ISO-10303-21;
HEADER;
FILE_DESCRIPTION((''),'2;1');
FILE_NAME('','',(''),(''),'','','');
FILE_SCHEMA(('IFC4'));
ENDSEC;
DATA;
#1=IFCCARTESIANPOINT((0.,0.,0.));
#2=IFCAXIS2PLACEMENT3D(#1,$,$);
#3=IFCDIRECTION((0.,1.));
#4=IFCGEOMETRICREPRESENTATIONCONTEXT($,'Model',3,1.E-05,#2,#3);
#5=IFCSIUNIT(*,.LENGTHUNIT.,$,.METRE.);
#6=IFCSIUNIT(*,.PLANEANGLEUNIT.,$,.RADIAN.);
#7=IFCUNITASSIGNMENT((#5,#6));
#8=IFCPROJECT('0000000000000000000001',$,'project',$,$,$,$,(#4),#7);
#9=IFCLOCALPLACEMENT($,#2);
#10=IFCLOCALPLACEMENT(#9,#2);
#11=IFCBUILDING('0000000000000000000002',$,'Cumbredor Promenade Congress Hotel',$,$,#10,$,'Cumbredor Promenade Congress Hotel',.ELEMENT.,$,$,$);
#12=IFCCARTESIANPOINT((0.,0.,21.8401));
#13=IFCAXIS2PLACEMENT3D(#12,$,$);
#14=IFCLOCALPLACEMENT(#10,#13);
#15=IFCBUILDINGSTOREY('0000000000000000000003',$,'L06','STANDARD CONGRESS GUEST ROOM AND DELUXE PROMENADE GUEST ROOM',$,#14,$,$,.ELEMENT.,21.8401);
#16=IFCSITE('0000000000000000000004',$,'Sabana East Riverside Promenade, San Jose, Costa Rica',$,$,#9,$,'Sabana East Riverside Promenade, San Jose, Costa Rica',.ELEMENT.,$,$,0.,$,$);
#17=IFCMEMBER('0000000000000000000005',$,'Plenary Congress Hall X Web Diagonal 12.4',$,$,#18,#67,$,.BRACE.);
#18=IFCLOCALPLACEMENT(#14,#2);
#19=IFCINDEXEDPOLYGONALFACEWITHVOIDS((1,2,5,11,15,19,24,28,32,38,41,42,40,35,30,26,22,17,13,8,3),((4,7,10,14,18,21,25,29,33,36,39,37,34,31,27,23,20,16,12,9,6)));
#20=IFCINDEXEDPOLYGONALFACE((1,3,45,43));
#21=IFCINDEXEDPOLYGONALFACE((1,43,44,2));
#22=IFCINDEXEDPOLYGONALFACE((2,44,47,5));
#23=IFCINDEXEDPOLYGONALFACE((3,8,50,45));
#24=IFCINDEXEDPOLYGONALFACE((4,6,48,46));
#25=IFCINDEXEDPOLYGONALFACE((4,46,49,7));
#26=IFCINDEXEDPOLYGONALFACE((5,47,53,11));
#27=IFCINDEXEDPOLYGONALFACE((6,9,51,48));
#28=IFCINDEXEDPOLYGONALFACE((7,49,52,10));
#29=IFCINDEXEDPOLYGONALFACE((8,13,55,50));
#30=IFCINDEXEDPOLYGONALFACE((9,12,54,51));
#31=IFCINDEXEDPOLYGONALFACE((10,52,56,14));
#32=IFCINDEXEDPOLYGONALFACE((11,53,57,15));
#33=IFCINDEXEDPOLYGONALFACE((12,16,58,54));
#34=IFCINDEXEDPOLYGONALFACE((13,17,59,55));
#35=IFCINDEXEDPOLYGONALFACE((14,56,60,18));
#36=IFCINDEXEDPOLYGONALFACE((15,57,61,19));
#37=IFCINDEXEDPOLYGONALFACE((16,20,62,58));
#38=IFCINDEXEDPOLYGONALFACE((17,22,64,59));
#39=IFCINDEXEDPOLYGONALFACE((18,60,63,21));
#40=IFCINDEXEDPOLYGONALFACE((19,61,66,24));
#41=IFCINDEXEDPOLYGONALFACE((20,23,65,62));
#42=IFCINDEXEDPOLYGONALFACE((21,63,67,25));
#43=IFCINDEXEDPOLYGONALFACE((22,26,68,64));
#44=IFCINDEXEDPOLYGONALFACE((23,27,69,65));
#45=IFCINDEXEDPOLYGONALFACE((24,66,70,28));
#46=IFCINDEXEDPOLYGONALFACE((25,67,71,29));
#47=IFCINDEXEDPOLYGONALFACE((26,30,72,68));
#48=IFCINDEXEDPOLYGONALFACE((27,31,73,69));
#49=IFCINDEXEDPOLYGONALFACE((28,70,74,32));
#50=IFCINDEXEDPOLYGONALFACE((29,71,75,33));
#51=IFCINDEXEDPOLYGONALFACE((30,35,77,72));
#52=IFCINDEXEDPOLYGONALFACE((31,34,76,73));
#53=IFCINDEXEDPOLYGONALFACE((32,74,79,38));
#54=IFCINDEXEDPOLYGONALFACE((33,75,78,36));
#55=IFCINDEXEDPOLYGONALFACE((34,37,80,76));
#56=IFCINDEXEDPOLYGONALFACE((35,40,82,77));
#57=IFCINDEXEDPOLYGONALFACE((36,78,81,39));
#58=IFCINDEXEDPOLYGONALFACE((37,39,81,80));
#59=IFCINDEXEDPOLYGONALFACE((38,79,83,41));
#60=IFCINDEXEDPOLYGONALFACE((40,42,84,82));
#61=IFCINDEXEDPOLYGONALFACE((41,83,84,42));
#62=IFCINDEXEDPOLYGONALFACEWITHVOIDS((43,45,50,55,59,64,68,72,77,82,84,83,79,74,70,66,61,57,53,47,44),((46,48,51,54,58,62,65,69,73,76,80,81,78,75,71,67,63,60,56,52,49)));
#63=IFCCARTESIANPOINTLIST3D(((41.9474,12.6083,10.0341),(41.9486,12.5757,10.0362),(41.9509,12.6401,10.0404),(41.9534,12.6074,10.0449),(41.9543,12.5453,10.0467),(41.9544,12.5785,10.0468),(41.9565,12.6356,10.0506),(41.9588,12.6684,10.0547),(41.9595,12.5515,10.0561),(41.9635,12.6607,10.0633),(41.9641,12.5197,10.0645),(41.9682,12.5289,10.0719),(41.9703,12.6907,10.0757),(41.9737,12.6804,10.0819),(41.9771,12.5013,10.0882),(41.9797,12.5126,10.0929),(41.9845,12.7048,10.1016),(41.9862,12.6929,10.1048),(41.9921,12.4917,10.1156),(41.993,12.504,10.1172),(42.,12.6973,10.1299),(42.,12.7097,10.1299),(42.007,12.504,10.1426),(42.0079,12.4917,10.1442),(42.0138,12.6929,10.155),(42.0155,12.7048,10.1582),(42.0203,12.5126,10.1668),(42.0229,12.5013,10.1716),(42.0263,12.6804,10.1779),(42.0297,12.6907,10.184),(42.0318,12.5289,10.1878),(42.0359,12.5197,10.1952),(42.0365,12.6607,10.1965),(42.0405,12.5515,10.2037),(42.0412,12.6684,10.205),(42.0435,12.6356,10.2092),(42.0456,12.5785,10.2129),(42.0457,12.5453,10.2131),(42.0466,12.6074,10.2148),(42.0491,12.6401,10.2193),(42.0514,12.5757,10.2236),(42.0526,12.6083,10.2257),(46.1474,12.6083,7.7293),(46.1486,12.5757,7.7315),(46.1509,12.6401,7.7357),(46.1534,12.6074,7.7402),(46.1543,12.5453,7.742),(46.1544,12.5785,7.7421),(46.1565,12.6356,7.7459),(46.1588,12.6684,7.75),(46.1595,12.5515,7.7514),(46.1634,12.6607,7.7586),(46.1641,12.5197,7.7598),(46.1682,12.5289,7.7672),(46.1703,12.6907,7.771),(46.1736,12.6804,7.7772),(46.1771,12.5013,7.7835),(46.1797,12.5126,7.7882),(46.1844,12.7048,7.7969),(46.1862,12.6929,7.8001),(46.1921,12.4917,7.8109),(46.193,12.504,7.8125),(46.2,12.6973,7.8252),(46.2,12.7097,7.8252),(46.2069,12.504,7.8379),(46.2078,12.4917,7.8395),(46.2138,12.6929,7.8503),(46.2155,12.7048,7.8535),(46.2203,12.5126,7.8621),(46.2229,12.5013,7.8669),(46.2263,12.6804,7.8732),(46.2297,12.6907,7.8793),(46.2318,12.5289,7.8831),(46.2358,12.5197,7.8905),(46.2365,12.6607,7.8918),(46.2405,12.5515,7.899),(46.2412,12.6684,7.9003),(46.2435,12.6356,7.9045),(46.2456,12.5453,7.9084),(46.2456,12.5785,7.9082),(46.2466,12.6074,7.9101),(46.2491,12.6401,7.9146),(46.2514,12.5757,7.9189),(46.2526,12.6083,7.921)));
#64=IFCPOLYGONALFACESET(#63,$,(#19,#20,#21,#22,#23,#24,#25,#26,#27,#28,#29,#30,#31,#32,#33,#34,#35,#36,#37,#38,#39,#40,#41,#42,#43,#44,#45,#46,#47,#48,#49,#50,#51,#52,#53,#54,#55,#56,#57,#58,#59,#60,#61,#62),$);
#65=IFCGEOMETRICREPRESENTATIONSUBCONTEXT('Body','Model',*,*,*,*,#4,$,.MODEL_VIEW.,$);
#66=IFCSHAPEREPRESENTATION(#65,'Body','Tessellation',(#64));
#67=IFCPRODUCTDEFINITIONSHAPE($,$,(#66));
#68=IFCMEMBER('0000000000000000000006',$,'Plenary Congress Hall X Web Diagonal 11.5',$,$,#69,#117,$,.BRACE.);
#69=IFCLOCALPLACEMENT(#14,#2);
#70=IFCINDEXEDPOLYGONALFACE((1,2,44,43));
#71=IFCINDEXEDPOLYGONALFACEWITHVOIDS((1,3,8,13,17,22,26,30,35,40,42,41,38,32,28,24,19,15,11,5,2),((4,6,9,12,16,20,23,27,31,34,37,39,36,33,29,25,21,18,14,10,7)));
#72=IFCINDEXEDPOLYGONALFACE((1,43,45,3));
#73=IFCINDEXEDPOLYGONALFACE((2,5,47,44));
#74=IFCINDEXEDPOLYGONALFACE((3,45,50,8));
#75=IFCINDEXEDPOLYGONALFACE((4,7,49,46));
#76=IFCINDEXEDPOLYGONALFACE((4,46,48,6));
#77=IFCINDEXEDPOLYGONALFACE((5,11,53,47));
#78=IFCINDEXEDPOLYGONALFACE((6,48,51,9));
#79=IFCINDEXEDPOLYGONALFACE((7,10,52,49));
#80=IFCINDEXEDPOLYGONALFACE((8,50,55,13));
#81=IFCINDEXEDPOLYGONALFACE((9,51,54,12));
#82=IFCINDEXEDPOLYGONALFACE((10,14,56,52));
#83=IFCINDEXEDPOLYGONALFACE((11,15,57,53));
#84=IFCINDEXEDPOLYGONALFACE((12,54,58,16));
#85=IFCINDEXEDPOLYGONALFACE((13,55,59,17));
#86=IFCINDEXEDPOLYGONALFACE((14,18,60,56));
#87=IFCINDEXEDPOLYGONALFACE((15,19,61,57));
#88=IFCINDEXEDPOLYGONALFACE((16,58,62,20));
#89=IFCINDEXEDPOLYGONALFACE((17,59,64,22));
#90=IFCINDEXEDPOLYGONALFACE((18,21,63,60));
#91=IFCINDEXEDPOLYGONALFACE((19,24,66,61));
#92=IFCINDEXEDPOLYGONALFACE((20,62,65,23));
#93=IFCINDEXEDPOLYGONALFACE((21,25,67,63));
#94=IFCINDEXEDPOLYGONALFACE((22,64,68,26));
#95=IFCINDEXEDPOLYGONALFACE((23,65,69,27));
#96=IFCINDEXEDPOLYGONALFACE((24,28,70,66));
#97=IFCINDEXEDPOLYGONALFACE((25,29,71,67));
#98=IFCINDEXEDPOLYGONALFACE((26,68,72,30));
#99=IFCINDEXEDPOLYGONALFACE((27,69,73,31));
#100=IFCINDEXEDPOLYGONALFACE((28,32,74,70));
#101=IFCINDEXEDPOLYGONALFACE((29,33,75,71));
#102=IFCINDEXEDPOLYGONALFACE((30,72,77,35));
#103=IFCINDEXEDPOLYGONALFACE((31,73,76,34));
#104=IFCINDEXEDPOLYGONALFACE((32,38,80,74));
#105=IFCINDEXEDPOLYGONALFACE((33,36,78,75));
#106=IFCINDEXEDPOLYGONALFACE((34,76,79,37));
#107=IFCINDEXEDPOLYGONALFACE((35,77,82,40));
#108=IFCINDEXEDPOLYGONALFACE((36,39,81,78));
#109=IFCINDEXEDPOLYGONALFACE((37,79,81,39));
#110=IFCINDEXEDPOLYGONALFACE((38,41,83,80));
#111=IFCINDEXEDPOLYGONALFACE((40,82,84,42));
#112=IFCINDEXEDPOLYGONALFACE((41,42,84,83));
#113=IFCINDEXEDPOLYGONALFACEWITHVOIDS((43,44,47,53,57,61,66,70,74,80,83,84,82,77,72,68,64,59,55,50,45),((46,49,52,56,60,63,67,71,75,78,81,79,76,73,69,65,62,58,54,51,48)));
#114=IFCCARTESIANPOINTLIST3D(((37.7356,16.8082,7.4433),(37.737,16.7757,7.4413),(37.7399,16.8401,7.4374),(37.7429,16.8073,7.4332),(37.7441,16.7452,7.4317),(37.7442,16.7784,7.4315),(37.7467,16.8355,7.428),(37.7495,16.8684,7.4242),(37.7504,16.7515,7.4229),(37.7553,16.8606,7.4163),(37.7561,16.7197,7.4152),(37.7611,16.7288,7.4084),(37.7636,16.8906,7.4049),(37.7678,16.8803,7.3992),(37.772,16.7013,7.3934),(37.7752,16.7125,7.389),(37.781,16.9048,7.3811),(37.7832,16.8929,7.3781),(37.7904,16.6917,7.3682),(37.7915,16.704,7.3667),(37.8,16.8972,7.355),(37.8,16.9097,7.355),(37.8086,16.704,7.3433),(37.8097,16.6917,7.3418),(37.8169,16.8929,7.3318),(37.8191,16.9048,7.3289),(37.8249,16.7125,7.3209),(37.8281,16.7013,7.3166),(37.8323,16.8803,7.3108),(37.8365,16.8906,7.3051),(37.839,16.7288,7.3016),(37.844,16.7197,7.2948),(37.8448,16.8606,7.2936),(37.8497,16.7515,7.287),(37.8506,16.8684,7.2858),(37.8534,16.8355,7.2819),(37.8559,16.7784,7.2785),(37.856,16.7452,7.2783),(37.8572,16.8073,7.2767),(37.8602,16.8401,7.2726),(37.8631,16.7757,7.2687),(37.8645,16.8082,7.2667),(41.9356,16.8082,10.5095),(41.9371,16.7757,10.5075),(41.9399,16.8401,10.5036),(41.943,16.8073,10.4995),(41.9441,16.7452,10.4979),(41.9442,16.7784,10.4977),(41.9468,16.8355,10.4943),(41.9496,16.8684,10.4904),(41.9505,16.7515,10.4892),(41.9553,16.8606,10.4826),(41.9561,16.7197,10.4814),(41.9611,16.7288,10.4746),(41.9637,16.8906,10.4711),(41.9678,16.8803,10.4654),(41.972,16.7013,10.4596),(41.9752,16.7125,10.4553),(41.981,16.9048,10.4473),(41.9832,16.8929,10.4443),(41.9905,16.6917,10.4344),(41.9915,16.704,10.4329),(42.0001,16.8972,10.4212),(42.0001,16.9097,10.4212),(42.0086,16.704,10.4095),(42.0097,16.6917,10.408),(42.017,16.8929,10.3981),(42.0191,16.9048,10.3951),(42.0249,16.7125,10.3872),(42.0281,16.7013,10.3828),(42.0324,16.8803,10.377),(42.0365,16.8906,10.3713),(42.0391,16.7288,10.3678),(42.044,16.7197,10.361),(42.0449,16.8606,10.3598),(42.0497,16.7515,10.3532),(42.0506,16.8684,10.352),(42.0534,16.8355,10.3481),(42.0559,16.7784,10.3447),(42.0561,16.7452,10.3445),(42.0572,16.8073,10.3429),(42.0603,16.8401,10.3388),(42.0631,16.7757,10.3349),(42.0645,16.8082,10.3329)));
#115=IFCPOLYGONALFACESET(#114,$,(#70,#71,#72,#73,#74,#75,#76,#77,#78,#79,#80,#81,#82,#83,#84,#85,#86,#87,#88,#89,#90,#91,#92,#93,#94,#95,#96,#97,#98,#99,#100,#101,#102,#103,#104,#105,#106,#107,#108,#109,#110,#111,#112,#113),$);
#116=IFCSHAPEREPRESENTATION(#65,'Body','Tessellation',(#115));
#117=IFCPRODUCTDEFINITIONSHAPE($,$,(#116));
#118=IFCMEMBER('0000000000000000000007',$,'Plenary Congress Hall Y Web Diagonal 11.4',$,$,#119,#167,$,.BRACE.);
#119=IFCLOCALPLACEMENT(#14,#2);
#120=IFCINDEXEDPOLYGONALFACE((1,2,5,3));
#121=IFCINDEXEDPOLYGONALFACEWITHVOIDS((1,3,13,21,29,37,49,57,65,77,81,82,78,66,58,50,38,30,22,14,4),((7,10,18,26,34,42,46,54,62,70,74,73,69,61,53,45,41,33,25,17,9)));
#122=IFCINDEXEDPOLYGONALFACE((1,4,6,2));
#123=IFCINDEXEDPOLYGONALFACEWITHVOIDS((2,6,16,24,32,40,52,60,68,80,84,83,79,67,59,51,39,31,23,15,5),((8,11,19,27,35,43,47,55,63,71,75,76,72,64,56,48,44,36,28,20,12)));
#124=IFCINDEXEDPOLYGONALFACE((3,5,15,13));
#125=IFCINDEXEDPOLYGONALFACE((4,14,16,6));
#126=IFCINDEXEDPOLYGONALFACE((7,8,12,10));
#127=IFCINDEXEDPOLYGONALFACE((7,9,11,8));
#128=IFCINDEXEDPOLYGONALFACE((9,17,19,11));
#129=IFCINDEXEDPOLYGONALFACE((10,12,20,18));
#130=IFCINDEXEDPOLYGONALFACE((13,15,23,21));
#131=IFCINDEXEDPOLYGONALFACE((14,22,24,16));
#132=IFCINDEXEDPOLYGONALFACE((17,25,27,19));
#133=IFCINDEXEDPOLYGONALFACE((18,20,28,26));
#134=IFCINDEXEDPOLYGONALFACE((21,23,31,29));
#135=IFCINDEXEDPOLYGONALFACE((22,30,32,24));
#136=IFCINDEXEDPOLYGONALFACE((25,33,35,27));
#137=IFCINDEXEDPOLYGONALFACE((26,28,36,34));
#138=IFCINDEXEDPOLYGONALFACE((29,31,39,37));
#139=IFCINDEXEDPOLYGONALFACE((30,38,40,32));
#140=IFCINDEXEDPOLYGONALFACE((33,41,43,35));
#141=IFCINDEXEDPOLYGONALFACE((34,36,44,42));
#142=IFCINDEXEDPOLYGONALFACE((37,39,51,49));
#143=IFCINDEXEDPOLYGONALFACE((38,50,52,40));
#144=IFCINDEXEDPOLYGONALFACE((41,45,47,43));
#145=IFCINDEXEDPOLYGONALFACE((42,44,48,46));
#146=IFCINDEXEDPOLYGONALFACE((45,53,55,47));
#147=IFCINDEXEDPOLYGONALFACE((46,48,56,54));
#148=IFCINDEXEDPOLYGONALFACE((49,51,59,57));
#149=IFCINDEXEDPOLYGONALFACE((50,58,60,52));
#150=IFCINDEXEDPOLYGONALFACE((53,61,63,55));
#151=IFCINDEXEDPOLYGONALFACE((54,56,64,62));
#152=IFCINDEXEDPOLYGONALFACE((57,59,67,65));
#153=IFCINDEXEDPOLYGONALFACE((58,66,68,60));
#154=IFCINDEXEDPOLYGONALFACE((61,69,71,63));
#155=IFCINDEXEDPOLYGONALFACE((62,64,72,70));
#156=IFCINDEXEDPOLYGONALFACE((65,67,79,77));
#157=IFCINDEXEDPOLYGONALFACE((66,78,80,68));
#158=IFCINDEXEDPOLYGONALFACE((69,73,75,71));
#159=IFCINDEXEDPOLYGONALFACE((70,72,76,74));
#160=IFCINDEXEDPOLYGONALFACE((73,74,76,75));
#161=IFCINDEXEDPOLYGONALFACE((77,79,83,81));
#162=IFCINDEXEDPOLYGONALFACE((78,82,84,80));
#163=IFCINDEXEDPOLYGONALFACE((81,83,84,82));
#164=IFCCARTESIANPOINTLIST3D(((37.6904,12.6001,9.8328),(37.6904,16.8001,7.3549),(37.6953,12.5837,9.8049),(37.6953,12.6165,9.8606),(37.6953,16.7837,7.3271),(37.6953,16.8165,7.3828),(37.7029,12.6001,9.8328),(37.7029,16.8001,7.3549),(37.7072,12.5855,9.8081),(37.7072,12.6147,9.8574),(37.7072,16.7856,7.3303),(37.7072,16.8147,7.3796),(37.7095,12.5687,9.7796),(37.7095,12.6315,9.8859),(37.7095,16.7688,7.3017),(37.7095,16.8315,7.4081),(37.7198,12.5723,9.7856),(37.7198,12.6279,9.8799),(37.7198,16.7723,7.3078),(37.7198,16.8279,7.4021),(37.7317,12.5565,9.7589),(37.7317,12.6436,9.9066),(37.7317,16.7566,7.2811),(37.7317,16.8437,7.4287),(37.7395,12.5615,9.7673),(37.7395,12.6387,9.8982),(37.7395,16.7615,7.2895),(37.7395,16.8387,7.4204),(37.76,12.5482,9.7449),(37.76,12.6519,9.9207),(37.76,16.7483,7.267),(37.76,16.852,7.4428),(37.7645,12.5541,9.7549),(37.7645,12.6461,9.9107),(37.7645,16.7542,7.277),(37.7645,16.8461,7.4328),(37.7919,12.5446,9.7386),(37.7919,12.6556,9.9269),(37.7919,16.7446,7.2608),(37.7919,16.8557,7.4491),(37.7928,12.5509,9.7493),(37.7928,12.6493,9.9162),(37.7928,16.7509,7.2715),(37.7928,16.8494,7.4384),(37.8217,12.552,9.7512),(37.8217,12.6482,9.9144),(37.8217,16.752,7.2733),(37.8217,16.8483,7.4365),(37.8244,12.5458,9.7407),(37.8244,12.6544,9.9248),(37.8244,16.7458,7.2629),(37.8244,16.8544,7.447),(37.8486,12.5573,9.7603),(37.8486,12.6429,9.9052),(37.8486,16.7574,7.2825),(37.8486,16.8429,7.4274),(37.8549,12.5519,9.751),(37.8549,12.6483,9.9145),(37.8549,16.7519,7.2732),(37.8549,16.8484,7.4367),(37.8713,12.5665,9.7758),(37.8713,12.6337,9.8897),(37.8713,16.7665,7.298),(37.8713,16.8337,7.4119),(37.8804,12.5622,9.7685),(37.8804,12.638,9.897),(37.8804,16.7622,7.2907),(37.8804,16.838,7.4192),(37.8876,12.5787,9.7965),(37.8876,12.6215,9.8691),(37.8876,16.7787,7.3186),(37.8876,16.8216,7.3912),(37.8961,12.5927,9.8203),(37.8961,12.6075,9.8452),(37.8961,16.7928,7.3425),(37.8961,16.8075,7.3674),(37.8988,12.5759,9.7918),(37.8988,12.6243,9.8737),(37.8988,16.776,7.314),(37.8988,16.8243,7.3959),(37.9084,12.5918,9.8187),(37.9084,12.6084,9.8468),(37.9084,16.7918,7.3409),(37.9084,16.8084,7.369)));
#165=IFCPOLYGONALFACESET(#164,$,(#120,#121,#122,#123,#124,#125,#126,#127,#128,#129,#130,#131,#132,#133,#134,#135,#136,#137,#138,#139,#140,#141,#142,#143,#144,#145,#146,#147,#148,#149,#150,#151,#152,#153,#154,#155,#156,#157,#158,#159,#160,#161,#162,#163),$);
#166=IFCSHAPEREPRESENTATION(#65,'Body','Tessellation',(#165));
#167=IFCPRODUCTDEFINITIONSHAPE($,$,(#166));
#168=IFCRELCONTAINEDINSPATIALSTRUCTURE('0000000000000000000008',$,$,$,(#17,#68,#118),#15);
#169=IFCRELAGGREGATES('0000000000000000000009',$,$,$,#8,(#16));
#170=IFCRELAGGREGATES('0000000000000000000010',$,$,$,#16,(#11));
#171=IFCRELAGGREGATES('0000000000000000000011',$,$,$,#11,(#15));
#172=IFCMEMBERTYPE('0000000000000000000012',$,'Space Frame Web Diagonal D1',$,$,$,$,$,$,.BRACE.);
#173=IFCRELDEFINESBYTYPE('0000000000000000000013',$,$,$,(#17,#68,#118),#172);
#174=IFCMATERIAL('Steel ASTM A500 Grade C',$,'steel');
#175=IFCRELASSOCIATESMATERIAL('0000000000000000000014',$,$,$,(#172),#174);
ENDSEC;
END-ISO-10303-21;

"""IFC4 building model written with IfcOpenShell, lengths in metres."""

from ifc_helpers import new_model, si_unit, direction, frame, origin, origin_2d, place, context, subcontext, project, spatial, hollow_circle, extrude, material, material_profile, profile_set, type_object, element, save


model = new_model("IFC4")

# Units and contexts
model_context = context("Model", 3, precision=1e-05, world=origin(), true_north=direction((0.0, 1.0)))
body_context = subcontext(model_context, "Body", "Model", "MODEL_VIEW")
ifc_project = project(units=[si_unit("LENGTHUNIT", "METRE"), si_unit("PLANEANGLEUNIT", "RADIAN")], contexts=[model_context])

# Site, building, storey
site_placement = place(None, origin())
site = spatial("IfcSite", under=ifc_project, at=site_placement, Name="Sabana East Riverside Promenade, San Jose, Costa Rica", LongName="Sabana East Riverside Promenade, San Jose, Costa Rica", CompositionType="ELEMENT", RefElevation=0.0)
building_placement = place(site_placement, origin())
building = spatial("IfcBuilding", under=site, at=building_placement, Name="Cumbredor Promenade Congress Hotel", LongName="Cumbredor Promenade Congress Hotel", CompositionType="ELEMENT")
storey_placement = place(building_placement, frame((0.0, 0.0, 21.8401)))
storey = spatial("IfcBuildingStorey", under=building, at=storey_placement, Name="L06", Description="STANDARD CONGRESS GUEST ROOM AND DELUXE PROMENADE GUEST ROOM", CompositionType="ELEMENT", Elevation=21.8401)

# Members
ifc_material_1 = material(Name="Steel ASTM A500 Grade C", Category="steel")
ifc_material_profile_1 = material_profile(ifc_material_1, hollow_circle(Radius=0.1096, WallThickness=0.0125, at=origin_2d()), Name="CHS 219.1x12.5")
ifc_profile_set_1 = profile_set([ifc_material_profile_1], Name="Steel ASTM A500 Grade C")
member_type_1 = type_object("IfcMemberType", Name="Space Frame Web Diagonal D1", PredefinedType="BRACE", material=ifc_profile_set_1)
member_1_placement = place(storey_placement, frame((42.0, 12.6001, 10.1299), z_axis=(0.876681, 0.0, -0.481071), x_axis=(0.0, 1.0, 0.0)))
element("IfcMember", 1, at=member_1_placement, inside=storey, type_object=member_type_1, Name="Plenary Congress Hall X Web Diagonal 12.4", PredefinedType="BRACE", context=body_context, shape_type="SweptSolid", body=[
    extrude(hollow_circle(Radius=0.1096, WallThickness=0.0125, at=origin_2d()), origin(), (0.0, 0.0, 1.0), 4.7908),
])
member_2_placement = place(storey_placement, frame((37.8, 16.8, 7.355), z_axis=(0.807669, 0.0, 0.589636), x_axis=(0.0, 1.0, 0.0)))
element("IfcMember", 2, at=member_2_placement, inside=storey, type_object=member_type_1, Name="Plenary Congress Hall X Web Diagonal 11.5", PredefinedType="BRACE", context=body_context, shape_type="SweptSolid", body=[
    extrude(hollow_circle(Radius=0.1096, WallThickness=0.0125, at=origin_2d()), origin(), (0.0, 0.0, 1.0), 5.2002),
])
member_3_placement = place(storey_placement, frame((37.8, 12.6001, 9.8328), z_axis=(0.0, 0.861286, -0.50812), x_axis=(-1.0, 0.0, 0.0)))
element("IfcMember", 3, at=member_3_placement, inside=storey, type_object=member_type_1, Name="Plenary Congress Hall Y Web Diagonal 11.4", PredefinedType="BRACE", context=body_context, shape_type="SweptSolid", body=[
    extrude(hollow_circle(Radius=0.1096, WallThickness=0.0125, at=origin_2d()), origin(), (0.0, 0.0, 1.0), 4.8765),
])

save(model, "model.ifc")
